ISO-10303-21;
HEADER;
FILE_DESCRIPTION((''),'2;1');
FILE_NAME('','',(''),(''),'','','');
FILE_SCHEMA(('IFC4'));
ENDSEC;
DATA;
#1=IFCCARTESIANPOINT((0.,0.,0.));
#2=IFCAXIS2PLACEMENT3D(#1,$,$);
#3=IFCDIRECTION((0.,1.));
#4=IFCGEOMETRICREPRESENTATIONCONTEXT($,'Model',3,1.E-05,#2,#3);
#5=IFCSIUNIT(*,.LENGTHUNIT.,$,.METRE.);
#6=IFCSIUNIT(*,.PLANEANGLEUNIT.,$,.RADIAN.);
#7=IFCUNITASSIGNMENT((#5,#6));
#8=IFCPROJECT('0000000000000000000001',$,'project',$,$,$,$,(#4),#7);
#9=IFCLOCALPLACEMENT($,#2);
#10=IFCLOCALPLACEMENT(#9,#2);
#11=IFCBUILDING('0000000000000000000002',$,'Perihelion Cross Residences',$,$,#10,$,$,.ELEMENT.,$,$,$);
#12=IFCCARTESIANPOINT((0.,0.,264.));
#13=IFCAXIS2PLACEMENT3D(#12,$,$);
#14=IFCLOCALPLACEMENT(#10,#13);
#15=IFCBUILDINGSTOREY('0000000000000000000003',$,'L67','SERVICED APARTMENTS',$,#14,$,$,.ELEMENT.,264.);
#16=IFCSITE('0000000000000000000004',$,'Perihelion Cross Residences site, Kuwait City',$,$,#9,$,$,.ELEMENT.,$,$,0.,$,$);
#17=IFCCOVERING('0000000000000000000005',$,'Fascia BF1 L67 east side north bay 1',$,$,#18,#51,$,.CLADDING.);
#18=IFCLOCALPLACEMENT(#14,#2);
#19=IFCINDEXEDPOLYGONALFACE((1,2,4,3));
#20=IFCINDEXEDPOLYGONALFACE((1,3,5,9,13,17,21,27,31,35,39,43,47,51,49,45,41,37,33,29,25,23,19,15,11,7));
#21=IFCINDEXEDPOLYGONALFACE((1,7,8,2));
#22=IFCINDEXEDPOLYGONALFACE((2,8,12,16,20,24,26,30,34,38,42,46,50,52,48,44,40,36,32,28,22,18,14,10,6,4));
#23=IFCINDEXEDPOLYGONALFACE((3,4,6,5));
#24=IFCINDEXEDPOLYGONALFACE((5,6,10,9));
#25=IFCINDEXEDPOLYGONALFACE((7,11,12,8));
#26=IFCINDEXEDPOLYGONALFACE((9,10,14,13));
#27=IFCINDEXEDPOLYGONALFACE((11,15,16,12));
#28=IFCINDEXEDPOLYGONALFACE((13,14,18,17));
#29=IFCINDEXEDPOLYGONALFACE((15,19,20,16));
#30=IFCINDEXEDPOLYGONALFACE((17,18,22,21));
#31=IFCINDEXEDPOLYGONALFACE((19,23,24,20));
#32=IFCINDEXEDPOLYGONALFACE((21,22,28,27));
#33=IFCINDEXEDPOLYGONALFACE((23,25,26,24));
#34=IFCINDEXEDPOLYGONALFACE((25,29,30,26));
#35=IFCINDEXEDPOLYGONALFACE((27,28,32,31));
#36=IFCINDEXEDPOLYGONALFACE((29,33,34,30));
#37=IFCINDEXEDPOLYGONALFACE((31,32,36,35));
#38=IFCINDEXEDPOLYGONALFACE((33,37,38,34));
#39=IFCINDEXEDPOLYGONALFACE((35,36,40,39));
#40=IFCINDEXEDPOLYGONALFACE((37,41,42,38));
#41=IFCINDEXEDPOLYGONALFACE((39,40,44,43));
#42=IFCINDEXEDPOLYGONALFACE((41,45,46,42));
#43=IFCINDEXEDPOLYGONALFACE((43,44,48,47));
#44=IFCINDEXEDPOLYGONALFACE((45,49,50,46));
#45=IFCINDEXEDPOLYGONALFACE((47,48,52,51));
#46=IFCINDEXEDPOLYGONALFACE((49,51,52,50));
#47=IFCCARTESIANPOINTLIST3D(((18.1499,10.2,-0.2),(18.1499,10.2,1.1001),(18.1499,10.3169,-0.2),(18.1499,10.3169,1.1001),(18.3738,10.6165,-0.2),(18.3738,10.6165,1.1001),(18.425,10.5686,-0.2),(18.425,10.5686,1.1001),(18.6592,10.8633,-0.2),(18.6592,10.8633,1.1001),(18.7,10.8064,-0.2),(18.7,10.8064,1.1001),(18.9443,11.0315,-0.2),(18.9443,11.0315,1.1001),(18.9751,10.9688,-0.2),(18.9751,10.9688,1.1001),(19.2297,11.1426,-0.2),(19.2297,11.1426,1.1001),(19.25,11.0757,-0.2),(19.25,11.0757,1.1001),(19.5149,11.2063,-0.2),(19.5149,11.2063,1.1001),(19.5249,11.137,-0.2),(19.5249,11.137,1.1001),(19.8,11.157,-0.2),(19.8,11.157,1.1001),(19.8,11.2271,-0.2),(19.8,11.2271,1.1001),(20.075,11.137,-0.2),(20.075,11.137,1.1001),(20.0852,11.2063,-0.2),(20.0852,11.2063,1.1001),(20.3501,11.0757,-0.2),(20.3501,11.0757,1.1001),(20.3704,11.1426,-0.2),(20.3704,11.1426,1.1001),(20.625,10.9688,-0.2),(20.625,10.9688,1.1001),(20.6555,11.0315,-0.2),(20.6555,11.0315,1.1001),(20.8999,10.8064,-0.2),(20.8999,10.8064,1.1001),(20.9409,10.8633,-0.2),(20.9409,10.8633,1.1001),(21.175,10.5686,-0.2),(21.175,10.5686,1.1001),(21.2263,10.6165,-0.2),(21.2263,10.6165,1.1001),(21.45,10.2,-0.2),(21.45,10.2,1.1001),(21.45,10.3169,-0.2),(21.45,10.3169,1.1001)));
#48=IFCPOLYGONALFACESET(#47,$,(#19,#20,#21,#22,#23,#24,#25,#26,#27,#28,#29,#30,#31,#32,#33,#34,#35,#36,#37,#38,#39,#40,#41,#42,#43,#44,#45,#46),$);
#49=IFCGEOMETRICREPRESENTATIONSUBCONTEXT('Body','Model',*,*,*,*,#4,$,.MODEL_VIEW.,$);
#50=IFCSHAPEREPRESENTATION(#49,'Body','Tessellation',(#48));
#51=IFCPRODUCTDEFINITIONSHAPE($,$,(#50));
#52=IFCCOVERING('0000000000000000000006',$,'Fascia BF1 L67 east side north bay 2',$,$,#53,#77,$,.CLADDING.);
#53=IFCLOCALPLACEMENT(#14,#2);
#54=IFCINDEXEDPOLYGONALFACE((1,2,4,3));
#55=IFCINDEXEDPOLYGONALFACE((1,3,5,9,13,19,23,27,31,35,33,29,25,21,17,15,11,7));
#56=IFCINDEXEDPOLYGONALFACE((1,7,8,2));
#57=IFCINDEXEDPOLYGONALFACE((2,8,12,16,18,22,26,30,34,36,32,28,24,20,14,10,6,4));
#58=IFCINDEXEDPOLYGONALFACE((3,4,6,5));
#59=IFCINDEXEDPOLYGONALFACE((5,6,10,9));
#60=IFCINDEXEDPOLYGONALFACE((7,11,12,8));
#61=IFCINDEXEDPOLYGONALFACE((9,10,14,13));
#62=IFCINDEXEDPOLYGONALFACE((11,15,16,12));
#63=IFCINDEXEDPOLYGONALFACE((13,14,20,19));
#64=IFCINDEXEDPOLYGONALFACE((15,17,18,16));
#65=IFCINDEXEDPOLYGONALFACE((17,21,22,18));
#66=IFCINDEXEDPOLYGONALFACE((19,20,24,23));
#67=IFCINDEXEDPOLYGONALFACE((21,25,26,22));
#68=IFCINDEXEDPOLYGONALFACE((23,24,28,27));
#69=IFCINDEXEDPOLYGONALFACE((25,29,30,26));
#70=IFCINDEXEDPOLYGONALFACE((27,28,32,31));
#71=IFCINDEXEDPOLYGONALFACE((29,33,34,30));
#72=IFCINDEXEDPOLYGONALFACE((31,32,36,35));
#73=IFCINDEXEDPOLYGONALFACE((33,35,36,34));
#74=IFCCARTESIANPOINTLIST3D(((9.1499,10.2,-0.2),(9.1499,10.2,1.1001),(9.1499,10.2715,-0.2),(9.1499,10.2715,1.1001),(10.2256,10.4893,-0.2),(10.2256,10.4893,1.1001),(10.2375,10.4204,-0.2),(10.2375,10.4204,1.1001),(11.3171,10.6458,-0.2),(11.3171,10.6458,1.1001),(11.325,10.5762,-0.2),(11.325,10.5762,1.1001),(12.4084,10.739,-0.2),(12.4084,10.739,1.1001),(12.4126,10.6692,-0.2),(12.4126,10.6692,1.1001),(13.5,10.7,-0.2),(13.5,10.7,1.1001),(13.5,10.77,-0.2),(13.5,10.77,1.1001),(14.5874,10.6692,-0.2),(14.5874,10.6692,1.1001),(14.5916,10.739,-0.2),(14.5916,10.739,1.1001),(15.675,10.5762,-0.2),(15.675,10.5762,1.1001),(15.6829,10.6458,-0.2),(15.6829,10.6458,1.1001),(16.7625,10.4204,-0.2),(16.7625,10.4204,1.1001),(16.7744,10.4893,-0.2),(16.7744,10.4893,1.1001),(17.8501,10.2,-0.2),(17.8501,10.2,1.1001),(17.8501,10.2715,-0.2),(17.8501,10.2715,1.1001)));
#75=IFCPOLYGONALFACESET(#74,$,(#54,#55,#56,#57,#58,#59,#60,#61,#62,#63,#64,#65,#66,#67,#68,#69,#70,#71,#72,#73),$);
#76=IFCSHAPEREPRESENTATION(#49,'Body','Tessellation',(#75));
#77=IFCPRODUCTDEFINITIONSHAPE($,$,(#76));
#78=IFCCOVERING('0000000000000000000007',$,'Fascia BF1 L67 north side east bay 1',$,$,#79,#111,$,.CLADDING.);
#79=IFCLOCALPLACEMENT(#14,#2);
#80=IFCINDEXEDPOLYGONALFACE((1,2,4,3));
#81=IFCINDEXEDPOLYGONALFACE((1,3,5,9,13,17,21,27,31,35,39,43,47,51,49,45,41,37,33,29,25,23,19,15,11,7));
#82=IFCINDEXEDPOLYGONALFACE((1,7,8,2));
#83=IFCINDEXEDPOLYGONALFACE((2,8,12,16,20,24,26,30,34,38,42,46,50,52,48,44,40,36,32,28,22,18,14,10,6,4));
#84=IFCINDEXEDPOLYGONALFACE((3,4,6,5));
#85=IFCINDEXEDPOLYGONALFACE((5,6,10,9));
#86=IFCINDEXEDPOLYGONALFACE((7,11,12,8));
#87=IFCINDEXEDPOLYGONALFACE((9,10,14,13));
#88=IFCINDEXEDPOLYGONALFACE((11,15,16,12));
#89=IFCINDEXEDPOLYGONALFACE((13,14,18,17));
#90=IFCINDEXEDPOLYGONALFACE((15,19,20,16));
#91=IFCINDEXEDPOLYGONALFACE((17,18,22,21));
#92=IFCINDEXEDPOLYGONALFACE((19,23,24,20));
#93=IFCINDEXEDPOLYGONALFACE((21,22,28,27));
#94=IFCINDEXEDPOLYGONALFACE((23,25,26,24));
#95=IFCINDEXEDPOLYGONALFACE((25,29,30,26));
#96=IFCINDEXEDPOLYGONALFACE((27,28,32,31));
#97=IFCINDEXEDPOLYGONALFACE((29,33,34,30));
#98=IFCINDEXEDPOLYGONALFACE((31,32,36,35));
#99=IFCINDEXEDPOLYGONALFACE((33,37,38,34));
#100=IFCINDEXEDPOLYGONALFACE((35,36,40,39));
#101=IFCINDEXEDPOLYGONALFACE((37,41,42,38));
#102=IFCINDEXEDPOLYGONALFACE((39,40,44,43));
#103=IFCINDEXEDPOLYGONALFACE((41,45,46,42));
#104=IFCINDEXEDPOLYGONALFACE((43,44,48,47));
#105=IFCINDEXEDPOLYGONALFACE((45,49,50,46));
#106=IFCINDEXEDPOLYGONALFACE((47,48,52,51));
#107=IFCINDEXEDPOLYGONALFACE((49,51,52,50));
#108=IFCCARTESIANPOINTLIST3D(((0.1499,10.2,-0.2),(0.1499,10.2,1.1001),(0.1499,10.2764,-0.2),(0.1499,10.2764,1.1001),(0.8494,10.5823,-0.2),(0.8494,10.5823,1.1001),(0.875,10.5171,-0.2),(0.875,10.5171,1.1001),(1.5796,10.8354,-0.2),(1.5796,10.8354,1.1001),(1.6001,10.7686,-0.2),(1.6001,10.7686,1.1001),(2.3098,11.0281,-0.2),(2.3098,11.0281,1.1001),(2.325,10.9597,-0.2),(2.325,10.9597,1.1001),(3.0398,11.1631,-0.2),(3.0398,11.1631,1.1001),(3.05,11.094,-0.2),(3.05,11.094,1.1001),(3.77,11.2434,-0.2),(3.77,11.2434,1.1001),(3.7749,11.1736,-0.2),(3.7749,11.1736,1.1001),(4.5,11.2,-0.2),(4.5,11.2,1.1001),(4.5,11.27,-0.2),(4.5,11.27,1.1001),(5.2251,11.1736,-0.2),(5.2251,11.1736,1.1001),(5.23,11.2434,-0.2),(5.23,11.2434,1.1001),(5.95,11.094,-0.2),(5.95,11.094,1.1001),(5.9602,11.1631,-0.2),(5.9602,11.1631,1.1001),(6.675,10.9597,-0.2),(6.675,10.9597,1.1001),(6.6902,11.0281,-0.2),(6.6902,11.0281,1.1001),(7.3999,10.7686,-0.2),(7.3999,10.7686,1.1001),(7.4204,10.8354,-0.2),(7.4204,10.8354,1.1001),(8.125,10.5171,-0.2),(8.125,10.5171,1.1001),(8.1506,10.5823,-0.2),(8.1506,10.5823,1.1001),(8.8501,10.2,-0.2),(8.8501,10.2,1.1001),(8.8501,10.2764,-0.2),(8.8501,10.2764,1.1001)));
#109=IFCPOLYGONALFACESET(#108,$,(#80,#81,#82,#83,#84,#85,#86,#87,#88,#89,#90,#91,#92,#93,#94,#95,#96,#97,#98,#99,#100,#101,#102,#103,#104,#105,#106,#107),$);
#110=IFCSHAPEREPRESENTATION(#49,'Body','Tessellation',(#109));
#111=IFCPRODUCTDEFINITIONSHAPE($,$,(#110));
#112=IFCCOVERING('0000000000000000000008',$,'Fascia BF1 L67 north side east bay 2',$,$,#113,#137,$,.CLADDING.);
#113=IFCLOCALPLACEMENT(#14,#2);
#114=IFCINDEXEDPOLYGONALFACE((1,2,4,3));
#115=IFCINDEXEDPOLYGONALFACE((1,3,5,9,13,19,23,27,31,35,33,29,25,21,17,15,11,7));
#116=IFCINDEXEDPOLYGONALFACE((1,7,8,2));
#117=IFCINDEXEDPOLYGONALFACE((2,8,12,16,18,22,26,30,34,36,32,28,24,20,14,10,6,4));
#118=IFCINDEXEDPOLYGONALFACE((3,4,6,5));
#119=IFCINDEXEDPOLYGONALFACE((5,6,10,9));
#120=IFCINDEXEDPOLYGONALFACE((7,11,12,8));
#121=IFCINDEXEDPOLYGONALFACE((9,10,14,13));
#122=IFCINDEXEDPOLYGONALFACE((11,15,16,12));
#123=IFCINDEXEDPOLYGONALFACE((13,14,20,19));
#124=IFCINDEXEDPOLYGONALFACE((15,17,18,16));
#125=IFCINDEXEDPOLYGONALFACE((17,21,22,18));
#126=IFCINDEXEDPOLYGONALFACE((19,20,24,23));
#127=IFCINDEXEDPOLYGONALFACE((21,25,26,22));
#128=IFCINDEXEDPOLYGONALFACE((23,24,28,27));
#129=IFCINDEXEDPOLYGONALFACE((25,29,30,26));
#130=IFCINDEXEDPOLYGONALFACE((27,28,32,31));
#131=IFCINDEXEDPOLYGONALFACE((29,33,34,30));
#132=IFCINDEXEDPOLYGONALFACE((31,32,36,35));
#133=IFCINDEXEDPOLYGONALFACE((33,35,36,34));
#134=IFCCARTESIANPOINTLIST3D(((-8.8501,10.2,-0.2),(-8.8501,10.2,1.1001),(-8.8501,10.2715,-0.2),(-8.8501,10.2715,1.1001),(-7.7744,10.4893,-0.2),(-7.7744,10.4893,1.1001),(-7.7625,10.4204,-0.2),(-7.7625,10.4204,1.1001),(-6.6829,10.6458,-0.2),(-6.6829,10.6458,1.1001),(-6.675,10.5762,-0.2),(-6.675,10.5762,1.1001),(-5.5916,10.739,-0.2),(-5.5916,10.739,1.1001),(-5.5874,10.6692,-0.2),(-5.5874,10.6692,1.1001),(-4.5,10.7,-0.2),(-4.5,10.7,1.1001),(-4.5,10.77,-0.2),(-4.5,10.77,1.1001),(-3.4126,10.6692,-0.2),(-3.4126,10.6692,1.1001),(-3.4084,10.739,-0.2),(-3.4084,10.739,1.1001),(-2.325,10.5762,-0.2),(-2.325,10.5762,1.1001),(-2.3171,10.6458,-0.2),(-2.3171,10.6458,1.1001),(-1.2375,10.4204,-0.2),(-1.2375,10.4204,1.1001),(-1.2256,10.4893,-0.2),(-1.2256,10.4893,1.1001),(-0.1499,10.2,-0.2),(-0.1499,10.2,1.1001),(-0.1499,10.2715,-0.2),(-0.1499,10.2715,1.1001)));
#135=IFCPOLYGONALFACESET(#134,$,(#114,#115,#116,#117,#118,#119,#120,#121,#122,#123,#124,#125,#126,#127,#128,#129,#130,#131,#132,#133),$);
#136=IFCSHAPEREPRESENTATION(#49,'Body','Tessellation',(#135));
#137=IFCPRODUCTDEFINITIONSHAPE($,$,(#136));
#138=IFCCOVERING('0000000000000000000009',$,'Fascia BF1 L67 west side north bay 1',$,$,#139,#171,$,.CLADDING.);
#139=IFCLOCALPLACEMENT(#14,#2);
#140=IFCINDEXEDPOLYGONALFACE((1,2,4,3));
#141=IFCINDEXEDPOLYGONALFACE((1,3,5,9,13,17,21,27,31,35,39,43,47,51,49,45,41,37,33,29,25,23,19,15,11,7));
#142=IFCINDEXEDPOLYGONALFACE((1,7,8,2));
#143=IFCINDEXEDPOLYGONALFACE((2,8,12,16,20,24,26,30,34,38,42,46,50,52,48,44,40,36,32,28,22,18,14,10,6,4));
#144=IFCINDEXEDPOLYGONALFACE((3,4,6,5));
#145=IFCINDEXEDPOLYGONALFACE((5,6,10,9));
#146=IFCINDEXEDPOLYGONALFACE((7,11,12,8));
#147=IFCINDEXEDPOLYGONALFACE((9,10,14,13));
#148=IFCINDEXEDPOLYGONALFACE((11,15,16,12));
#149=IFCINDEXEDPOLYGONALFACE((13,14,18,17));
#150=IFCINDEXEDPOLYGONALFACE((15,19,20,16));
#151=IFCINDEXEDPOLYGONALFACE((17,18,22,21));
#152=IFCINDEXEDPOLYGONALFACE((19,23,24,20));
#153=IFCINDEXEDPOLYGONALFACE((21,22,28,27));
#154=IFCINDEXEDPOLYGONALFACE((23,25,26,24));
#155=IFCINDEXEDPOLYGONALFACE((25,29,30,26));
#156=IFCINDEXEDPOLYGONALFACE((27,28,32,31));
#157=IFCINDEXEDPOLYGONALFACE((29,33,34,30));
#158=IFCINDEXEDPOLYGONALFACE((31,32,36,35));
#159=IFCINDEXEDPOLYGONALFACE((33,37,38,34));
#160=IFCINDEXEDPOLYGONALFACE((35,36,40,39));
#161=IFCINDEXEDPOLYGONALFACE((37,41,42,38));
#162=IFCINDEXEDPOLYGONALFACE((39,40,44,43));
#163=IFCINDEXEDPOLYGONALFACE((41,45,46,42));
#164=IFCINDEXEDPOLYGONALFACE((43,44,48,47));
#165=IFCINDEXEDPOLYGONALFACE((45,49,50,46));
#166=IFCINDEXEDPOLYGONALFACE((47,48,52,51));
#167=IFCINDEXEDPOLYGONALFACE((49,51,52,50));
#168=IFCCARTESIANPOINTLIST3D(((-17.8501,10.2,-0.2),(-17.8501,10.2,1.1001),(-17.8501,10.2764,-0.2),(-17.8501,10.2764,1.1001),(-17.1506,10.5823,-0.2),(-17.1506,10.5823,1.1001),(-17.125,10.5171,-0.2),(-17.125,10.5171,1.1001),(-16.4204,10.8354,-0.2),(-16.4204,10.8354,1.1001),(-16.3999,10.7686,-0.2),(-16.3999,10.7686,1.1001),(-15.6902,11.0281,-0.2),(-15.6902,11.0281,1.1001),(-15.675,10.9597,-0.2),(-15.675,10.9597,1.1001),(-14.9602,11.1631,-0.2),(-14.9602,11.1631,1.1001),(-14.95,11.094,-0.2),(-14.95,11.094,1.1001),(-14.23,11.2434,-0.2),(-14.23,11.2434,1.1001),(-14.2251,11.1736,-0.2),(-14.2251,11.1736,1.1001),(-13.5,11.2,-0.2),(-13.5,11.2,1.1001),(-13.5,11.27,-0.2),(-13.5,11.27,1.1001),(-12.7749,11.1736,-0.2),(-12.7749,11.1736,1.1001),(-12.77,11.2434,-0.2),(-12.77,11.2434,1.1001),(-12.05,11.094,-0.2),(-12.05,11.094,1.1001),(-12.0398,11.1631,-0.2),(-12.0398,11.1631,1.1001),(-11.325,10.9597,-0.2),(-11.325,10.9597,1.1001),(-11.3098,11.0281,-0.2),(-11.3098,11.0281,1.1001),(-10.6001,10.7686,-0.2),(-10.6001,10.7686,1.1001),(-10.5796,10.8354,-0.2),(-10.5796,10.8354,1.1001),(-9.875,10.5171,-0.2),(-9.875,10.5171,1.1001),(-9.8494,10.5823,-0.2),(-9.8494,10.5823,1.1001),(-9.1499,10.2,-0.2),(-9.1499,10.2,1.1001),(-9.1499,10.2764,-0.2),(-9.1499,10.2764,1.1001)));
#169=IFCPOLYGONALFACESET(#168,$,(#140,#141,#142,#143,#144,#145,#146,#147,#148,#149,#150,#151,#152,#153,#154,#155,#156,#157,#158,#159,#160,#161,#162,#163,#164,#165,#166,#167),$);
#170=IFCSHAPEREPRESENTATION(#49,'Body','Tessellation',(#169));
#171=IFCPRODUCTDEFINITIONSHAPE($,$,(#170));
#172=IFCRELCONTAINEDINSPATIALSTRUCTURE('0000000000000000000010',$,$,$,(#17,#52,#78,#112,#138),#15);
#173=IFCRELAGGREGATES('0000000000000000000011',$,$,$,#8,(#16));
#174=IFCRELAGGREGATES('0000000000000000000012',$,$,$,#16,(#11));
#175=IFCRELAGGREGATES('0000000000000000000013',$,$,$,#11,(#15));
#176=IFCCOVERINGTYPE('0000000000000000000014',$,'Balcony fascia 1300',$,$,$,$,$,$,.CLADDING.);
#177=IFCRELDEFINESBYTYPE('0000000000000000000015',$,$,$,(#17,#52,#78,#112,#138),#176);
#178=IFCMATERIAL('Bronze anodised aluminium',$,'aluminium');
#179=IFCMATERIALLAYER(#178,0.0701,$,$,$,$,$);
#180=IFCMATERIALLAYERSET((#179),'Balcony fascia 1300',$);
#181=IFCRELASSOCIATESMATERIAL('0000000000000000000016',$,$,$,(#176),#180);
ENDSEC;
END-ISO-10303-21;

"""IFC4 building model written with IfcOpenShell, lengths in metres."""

from ifc_helpers import new_model, si_unit, direction, frame, origin, place, context, subcontext, project, spatial, polyline, outline, extrude, material, layer, layer_set, type_object, element, save


model = new_model("IFC4")

# Units and contexts
model_context = context("Model", 3, precision=1e-05, world=origin(), true_north=direction((0.0, 1.0)))
body_context = subcontext(model_context, "Body", "Model", "MODEL_VIEW")
ifc_project = project(units=[si_unit("LENGTHUNIT", "METRE"), si_unit("PLANEANGLEUNIT", "RADIAN")], contexts=[model_context])

# Site, building, storey
site_placement = place(None, origin())
site = spatial("IfcSite", under=ifc_project, at=site_placement, Name="Perihelion Cross Residences site, Kuwait City", CompositionType="ELEMENT", RefElevation=0.0)
building_placement = place(site_placement, origin())
building = spatial("IfcBuilding", under=site, at=building_placement, Name="Perihelion Cross Residences", CompositionType="ELEMENT")
storey_placement = place(building_placement, frame((0.0, 0.0, 264.0)))
storey = spatial("IfcBuildingStorey", under=building, at=storey_placement, Name="L67", Description="SERVICED APARTMENTS", CompositionType="ELEMENT", Elevation=264.0)

# Coverings
ifc_material_1 = material(Name="Bronze anodised aluminium", Category="aluminium")
ifc_layer_1 = layer(ifc_material_1, 0.0701)
ifc_layer_set_1 = layer_set([ifc_layer_1], Name="Balcony fascia 1300")
covering_type = type_object("IfcCoveringType", Name="Balcony fascia 1300", PredefinedType="CLADDING", material=ifc_layer_set_1)
covering_1_placement = place(storey_placement, frame((0.0, 0.0, -0.2)))
element("IfcCovering", 1, at=covering_1_placement, inside=storey, type_object=covering_type, Name="Fascia BF1 L67 east side north bay 1", PredefinedType="CLADDING", context=body_context, shape_type="SweptSolid", body=[
    extrude(outline(polyline([(21.2263, 10.6165), (20.9409, 10.8633), (20.6555, 11.0315), (20.3704, 11.1426), (20.0852, 11.2063), (19.8, 11.2271), (19.5149, 11.2063), (19.2297, 11.1426), (18.9443, 11.0315), (18.6592, 10.8633), (18.3738, 10.6165), (18.1499, 10.3169), (18.1499, 10.2), (18.425, 10.5686), (18.7, 10.8064), (18.9751, 10.9688), (19.25, 11.0757), (19.5249, 11.137), (19.8, 11.157), (20.075, 11.137), (20.3501, 11.0757), (20.625, 10.9688), (20.8999, 10.8064), (21.175, 10.5686), (21.45, 10.2), (21.45, 10.3169), (21.2263, 10.6165)])), origin(), (0.0, 0.0, 1.0), 1.3),
])
covering_2_placement = place(storey_placement, frame((0.0, 0.0, -0.2)))
element("IfcCovering", 2, at=covering_2_placement, inside=storey, type_object=covering_type, Name="Fascia BF1 L67 east side north bay 2", PredefinedType="CLADDING", context=body_context, shape_type="SweptSolid", body=[
    extrude(outline(polyline([(16.7744, 10.4893), (15.6829, 10.6458), (14.5916, 10.739), (13.5, 10.77), (12.4084, 10.739), (11.3171, 10.6458), (10.2256, 10.4893), (9.1499, 10.2715), (9.1499, 10.2), (10.2375, 10.4204), (11.325, 10.5762), (12.4126, 10.6692), (13.5, 10.7), (14.5874, 10.6692), (15.675, 10.5762), (16.7625, 10.4204), (17.8501, 10.2), (17.8501, 10.2715), (16.7744, 10.4893)])), origin(), (0.0, 0.0, 1.0), 1.3),
])
covering_3_placement = place(storey_placement, frame((0.0, 0.0, -0.2)))
element("IfcCovering", 3, at=covering_3_placement, inside=storey, type_object=covering_type, Name="Fascia BF1 L67 north side east bay 1", PredefinedType="CLADDING", context=body_context, shape_type="SweptSolid", body=[
    extrude(outline(polyline([(8.1506, 10.5823), (7.4204, 10.8354), (6.6902, 11.0281), (5.9602, 11.1631), (5.23, 11.2434), (4.5, 11.27), (3.77, 11.2434), (3.0398, 11.1631), (2.3098, 11.0281), (1.5796, 10.8354), (0.8494, 10.5823), (0.1499, 10.2764), (0.1499, 10.2), (0.875, 10.5171), (1.6001, 10.7686), (2.325, 10.9597), (3.05, 11.094), (3.7749, 11.1736), (4.5, 11.2), (5.2251, 11.1736), (5.95, 11.094), (6.675, 10.9597), (7.3999, 10.7686), (8.125, 10.5171), (8.8501, 10.2), (8.8501, 10.2764), (8.1506, 10.5823)])), origin(), (0.0, 0.0, 1.0), 1.3),
])
covering_4_placement = place(storey_placement, frame((0.0, 0.0, -0.2)))
element("IfcCovering", 4, at=covering_4_placement, inside=storey, type_object=covering_type, Name="Fascia BF1 L67 north side east bay 2", PredefinedType="CLADDING", context=body_context, shape_type="SweptSolid", body=[
    extrude(outline(polyline([(-1.2256, 10.4893), (-2.3171, 10.6458), (-3.4084, 10.739), (-4.5, 10.77), (-5.5916, 10.739), (-6.6829, 10.6458), (-7.7744, 10.4893), (-8.8501, 10.2715), (-8.8501, 10.2), (-7.7625, 10.4204), (-6.675, 10.5762), (-5.5874, 10.6692), (-4.5, 10.7), (-3.4126, 10.6692), (-2.325, 10.5762), (-1.2375, 10.4204), (-0.1499, 10.2), (-0.1499, 10.2715), (-1.2256, 10.4893)])), origin(), (0.0, 0.0, 1.0), 1.3),
])
covering_5_placement = place(storey_placement, frame((0.0, 0.0, -0.2)))
element("IfcCovering", 5, at=covering_5_placement, inside=storey, type_object=covering_type, Name="Fascia BF1 L67 west side north bay 1", PredefinedType="CLADDING", context=body_context, shape_type="SweptSolid", body=[
    extrude(outline(polyline([(-9.8494, 10.5823), (-10.5796, 10.8354), (-11.3098, 11.0281), (-12.0398, 11.1631), (-12.77, 11.2434), (-13.5, 11.27), (-14.23, 11.2434), (-14.9602, 11.1631), (-15.6902, 11.0281), (-16.4204, 10.8354), (-17.1506, 10.5823), (-17.8501, 10.2764), (-17.8501, 10.2), (-17.125, 10.5171), (-16.3999, 10.7686), (-15.675, 10.9597), (-14.95, 11.094), (-14.2251, 11.1736), (-13.5, 11.2), (-12.7749, 11.1736), (-12.05, 11.094), (-11.325, 10.9597), (-10.6001, 10.7686), (-9.875, 10.5171), (-9.1499, 10.2), (-9.1499, 10.2764), (-9.8494, 10.5823)])), origin(), (0.0, 0.0, 1.0), 1.3),
])

save(model, "model.ifc")
